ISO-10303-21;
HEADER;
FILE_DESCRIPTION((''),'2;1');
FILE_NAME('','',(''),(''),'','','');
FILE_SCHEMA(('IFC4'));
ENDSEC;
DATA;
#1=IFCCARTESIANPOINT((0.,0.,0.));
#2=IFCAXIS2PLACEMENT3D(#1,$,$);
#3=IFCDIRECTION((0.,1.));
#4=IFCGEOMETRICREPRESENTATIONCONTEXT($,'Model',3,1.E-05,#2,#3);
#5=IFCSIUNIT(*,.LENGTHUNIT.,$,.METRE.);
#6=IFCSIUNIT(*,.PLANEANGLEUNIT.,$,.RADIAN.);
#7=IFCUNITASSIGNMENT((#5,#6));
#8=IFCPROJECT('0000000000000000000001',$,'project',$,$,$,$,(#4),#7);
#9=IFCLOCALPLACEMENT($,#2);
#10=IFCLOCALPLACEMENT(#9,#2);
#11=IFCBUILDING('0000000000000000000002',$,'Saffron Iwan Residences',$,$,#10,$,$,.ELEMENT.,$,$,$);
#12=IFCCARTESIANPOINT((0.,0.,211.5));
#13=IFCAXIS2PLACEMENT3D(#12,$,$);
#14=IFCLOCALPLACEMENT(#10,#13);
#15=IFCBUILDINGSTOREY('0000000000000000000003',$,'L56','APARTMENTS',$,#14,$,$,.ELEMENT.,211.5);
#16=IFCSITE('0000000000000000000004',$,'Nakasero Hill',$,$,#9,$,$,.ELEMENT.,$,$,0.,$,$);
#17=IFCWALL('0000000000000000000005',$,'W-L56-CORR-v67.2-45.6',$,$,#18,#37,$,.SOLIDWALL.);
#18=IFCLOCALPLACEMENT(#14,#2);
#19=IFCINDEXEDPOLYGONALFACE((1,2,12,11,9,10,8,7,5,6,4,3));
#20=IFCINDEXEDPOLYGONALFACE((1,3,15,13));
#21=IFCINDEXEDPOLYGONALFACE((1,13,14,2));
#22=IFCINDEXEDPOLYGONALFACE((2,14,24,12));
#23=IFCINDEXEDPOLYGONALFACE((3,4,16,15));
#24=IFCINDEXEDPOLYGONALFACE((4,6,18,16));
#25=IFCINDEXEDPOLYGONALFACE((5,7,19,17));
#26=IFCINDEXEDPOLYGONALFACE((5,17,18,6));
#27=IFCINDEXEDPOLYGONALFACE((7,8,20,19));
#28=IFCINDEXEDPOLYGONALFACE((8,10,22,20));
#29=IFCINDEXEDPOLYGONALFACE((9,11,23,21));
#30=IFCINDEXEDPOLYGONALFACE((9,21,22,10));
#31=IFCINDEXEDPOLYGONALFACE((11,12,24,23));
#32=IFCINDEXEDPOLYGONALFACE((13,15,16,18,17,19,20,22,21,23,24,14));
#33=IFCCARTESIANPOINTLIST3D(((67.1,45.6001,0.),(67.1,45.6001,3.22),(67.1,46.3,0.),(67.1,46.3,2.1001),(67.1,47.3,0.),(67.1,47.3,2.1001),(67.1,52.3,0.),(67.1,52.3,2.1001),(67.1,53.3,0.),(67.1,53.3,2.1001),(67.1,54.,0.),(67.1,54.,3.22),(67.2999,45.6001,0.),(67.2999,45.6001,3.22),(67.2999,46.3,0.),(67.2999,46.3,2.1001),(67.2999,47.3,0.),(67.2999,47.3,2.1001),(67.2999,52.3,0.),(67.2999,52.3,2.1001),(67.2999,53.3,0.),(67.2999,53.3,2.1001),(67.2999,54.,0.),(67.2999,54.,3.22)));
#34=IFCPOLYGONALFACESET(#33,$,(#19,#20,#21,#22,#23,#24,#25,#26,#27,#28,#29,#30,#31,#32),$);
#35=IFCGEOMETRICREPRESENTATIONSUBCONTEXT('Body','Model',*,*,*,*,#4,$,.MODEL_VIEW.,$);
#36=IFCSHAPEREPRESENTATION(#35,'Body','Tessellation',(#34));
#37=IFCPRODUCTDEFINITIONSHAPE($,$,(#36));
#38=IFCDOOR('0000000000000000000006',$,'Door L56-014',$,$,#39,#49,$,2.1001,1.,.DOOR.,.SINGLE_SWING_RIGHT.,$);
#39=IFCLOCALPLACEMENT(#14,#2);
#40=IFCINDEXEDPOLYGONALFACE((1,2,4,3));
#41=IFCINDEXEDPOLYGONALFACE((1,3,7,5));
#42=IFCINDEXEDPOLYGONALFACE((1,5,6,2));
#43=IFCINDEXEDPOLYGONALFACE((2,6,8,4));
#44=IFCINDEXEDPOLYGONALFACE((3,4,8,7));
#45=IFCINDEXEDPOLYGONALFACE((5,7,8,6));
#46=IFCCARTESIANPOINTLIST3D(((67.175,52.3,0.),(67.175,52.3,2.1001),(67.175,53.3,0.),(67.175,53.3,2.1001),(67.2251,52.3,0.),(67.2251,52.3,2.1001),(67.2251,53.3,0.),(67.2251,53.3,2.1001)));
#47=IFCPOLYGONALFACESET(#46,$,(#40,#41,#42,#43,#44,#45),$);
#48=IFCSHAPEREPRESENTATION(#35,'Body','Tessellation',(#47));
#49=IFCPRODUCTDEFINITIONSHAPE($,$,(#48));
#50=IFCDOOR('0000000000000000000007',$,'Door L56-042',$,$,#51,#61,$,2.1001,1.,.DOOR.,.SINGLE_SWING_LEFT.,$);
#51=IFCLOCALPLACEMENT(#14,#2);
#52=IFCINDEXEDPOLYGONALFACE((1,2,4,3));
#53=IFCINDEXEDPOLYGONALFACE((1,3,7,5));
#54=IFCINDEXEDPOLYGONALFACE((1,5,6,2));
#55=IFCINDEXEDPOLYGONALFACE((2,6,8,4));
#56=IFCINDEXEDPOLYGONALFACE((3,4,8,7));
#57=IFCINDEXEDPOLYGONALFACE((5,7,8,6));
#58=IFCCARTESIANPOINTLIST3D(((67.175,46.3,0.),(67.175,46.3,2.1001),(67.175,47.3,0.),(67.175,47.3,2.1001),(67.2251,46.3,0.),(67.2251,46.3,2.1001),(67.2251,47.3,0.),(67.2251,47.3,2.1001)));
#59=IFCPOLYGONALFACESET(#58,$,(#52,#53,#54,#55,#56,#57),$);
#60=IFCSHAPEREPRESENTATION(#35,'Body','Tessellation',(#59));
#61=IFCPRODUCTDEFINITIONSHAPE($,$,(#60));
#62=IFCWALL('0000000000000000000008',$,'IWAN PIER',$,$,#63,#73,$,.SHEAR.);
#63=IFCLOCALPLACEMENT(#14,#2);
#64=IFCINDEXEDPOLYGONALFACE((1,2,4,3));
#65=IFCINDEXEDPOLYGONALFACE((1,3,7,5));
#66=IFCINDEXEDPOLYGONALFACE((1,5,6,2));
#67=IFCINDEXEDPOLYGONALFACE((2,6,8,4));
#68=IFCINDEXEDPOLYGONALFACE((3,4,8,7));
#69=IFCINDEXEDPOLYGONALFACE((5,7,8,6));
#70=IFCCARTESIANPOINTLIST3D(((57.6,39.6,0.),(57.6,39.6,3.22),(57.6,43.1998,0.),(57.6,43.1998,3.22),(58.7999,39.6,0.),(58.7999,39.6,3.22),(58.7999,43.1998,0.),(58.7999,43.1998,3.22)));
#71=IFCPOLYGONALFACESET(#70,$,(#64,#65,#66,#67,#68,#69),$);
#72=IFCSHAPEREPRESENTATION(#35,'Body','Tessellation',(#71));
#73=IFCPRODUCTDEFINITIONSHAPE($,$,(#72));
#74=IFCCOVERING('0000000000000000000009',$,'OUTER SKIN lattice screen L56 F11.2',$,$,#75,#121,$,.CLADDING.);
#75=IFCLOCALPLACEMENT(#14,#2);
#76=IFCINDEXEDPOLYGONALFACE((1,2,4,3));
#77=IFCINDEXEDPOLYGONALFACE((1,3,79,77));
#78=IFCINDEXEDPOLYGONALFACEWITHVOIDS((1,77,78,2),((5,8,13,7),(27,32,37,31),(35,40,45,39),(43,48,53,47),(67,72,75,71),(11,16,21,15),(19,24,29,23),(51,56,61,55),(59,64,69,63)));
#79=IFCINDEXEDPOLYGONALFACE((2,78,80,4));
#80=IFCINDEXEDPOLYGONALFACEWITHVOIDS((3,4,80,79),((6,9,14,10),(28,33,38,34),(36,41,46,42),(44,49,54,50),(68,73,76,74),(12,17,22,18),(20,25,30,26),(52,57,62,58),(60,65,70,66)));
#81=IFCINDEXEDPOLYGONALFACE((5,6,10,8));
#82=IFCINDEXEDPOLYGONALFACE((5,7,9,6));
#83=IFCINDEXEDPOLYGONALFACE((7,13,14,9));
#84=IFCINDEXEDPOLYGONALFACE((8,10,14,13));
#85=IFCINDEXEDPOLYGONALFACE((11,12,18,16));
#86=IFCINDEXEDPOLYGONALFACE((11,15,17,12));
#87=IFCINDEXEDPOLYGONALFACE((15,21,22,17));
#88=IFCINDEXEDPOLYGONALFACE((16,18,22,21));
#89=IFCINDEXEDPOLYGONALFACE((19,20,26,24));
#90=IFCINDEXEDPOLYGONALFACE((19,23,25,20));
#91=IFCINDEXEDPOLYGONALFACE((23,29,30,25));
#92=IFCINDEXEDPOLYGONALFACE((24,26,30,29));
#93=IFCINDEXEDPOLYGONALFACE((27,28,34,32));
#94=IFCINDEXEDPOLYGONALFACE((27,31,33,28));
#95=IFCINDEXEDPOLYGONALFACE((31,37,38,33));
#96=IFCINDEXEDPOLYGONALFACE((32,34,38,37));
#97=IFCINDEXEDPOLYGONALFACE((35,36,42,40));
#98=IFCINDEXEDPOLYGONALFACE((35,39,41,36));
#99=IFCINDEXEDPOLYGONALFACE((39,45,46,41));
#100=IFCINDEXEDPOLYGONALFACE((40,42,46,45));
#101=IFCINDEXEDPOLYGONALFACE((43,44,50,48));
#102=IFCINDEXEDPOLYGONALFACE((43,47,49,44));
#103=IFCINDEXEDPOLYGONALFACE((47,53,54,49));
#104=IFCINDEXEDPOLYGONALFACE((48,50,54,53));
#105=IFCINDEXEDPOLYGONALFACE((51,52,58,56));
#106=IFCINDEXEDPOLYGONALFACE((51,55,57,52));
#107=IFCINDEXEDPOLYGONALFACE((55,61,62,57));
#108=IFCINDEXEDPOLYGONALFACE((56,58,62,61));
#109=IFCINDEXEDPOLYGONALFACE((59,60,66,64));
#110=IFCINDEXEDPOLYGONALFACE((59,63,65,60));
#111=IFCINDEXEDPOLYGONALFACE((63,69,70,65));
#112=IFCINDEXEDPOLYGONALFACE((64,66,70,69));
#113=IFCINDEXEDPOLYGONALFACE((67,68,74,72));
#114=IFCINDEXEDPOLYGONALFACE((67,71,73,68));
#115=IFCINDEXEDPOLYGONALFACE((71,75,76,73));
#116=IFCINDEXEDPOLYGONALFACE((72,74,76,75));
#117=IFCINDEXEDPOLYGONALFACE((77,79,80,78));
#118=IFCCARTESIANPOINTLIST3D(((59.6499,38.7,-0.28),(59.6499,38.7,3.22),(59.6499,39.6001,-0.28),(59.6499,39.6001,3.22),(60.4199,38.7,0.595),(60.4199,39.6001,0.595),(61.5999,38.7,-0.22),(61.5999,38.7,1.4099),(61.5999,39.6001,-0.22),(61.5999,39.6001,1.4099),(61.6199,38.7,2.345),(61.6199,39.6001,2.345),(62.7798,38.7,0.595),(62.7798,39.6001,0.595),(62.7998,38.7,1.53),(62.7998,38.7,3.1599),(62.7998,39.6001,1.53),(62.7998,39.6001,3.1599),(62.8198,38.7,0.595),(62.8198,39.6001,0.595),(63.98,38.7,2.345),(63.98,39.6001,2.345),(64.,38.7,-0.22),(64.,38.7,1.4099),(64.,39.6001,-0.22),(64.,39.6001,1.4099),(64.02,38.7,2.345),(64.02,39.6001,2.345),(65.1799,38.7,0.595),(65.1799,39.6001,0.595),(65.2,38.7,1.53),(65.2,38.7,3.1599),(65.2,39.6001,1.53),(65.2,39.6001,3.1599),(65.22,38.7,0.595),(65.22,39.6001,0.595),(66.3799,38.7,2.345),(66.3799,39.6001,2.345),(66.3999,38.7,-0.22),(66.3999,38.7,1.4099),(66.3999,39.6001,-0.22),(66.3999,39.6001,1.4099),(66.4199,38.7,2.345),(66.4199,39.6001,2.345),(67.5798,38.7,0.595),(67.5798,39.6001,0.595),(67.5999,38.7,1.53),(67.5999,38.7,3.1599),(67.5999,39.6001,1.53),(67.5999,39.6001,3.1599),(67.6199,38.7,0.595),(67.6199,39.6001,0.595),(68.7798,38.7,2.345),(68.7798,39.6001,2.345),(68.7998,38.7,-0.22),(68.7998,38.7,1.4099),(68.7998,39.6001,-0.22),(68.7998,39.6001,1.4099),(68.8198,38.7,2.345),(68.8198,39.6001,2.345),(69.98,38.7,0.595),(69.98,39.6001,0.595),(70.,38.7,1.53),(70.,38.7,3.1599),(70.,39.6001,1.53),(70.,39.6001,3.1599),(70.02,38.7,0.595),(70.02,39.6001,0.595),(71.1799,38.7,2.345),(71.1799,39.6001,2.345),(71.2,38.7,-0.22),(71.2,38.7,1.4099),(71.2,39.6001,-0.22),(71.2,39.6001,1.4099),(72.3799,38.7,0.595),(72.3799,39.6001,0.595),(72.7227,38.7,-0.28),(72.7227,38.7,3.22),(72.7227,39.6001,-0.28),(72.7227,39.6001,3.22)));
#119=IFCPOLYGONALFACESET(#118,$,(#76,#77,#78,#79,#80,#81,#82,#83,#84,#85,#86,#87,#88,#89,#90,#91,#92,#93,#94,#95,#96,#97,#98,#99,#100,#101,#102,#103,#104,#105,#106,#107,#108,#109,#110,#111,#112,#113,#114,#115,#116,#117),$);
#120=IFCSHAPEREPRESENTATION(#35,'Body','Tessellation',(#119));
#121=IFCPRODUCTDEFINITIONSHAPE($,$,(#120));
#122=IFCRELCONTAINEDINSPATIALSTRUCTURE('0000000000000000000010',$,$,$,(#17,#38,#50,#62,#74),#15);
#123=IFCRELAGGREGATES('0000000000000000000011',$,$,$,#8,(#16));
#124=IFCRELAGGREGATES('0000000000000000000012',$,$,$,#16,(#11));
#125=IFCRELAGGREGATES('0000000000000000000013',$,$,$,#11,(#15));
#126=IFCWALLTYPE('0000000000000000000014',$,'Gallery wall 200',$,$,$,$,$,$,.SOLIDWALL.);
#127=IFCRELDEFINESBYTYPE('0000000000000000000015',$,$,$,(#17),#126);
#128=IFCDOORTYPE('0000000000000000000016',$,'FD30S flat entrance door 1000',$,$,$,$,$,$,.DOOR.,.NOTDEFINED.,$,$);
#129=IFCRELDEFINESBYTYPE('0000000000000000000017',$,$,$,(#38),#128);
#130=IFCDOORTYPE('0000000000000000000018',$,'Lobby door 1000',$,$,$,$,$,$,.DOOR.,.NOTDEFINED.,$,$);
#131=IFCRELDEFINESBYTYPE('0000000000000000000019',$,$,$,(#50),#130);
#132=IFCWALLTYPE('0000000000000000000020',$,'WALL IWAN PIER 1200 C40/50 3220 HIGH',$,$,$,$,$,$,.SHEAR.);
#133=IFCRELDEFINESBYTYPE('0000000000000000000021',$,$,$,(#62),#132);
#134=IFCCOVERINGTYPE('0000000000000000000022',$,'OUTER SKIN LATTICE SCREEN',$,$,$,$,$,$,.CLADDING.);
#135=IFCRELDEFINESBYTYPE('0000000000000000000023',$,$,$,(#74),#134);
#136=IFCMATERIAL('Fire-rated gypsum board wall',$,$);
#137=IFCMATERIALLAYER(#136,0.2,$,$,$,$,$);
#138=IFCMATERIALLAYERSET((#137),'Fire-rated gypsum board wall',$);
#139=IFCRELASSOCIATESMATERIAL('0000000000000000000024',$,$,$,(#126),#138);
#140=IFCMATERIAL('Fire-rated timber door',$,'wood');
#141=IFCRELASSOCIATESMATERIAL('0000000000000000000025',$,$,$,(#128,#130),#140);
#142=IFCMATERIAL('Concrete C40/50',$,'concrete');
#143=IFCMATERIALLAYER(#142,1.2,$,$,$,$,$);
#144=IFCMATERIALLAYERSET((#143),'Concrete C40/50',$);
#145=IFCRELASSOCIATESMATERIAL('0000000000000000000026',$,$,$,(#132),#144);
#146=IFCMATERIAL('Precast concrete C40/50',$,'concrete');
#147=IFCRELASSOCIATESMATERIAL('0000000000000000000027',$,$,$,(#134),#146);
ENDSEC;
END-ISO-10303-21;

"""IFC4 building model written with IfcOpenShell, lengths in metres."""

from ifc_helpers import new_model, si_unit, direction, frame, frame_2d, origin, place, context, subcontext, project, spatial, polyline, rectangle, outline, extrude, material, layer, layer_set, type_object, element, fill, save


model = new_model("IFC4")

# Units and contexts
model_context = context("Model", 3, precision=1e-05, world=origin(), true_north=direction((0.0, 1.0)))
body_context = subcontext(model_context, "Body", "Model", "MODEL_VIEW")
ifc_project = project(units=[si_unit("LENGTHUNIT", "METRE"), si_unit("PLANEANGLEUNIT", "RADIAN")], contexts=[model_context])

# Site, building, storey
site_placement = place(None, origin())
site = spatial("IfcSite", under=ifc_project, at=site_placement, Name="Nakasero Hill", CompositionType="ELEMENT", RefElevation=0.0)
building_placement = place(site_placement, origin())
building = spatial("IfcBuilding", under=site, at=building_placement, Name="Saffron Iwan Residences", CompositionType="ELEMENT")
storey_placement = place(building_placement, frame((0.0, 0.0, 211.5)))
storey = spatial("IfcBuildingStorey", under=building, at=storey_placement, Name="L56", Description="APARTMENTS", CompositionType="ELEMENT", Elevation=211.5)

# Shared definitions
ifc_material_1 = material(Name="Concrete C40/50", Category="concrete")

# Shared definitions
ifc_material_2 = material(Name="Fire-rated gypsum board wall")
ifc_layer_1 = layer(ifc_material_2, 0.2)
ifc_layer_set_1 = layer_set([ifc_layer_1], Name="Fire-rated gypsum board wall")
wall_type_1 = type_object("IfcWallType", Name="Gallery wall 200", PredefinedType="SOLIDWALL", material=ifc_layer_set_1)

# Wall, openings, doors
wall_1_placement = place(storey_placement, frame((67.2, 45.6001, 0.0), z_axis=(0.0, 0.0, 1.0), x_axis=(0.0, 1.0, 0.0)))
wall_1 = element("IfcWall", 1, at=wall_1_placement, inside=storey, type_object=wall_type_1, Name="W-L56-CORR-v67.2-45.6", PredefinedType="SOLIDWALL", context=body_context, shape_type="SweptSolid", body=[
    extrude(rectangle(XDim=8.3999, YDim=0.2, at=frame_2d((4.2, 0.0))), origin(), (0.0, 0.0, 1.0), 3.22),
])
opening_1_placement = place(wall_1_placement, frame((6.7, 0.0, 0.0)))
opening_1 = element("IfcOpeningElement", 2, at=opening_1_placement, cuts=wall_1, PredefinedType="OPENING", context=body_context, shape_type="SweptSolid", body=[
    extrude(rectangle(XDim=1.0, YDim=2.1001, at=frame_2d((0.5, 1.05))), frame((0.0, 0.1099, 0.0), z_axis=(0.0, -1.0, 0.0), x_axis=(1.0, 0.0, 0.0)), (0.0, 0.0, 1.0), 0.22),
])
opening_2_placement = place(wall_1_placement, frame((0.7, 0.0, 0.0)))
opening_2 = element("IfcOpeningElement", 3, at=opening_2_placement, cuts=wall_1, PredefinedType="OPENING", context=body_context, shape_type="SweptSolid", body=[
    extrude(rectangle(XDim=1.0, YDim=2.1001, at=frame_2d((0.5, 1.05))), frame((0.0, 0.1099, 0.0), z_axis=(0.0, -1.0, 0.0), x_axis=(1.0, 0.0, 0.0)), (0.0, 0.0, 1.0), 0.22),
])
ifc_material_3 = material(Name="Fire-rated timber door", Category="wood")
door_type_1 = type_object("IfcDoorType", Name="FD30S flat entrance door 1000", OperationType="NOTDEFINED", PredefinedType="DOOR", material=ifc_material_3)
door_1_placement = place(opening_1_placement, origin())
door_1 = element("IfcDoor", 4, at=door_1_placement, inside=storey, type_object=door_type_1, Name="Door L56-014", OperationType="SINGLE_SWING_RIGHT", OverallHeight=2.1001, OverallWidth=1.0, PredefinedType="DOOR", context=body_context, shape_type="SweptSolid", body=[
    extrude(rectangle(XDim=1.0, YDim=2.1001, at=frame_2d((0.5, 1.05))), frame((0.0, 0.0249, 0.0), z_axis=(0.0, -1.0, 0.0), x_axis=(1.0, 0.0, 0.0)), (0.0, 0.0, 1.0), 0.05),
])
fill(opening_1, door_1)
door_type_2 = type_object("IfcDoorType", Name="Lobby door 1000", OperationType="NOTDEFINED", PredefinedType="DOOR", material=ifc_material_3)
door_2_placement = place(opening_2_placement, origin())
door_2 = element("IfcDoor", 5, at=door_2_placement, inside=storey, type_object=door_type_2, Name="Door L56-042", OperationType="SINGLE_SWING_LEFT", OverallHeight=2.1001, OverallWidth=1.0, PredefinedType="DOOR", context=body_context, shape_type="SweptSolid", body=[
    extrude(rectangle(XDim=1.0, YDim=2.1001, at=frame_2d((0.5, 1.05))), frame((0.0, 0.0249, 0.0), z_axis=(0.0, -1.0, 0.0), x_axis=(1.0, 0.0, 0.0)), (0.0, 0.0, 1.0), 0.05),
])
fill(opening_2, door_2)

# Wall
ifc_layer_2 = layer(ifc_material_1, 1.2)
ifc_layer_set_2 = layer_set([ifc_layer_2], Name="Concrete C40/50")
wall_type_2 = type_object("IfcWallType", Name="WALL IWAN PIER 1200 C40/50 3220 HIGH", PredefinedType="SHEAR", material=ifc_layer_set_2)
wall_2_placement = place(storey_placement, frame((58.2, 39.6001, 0.0), z_axis=(0.0, 0.0, 1.0), x_axis=(0.0, 1.0, 0.0)))
element("IfcWall", 6, at=wall_2_placement, inside=storey, type_object=wall_type_2, Name="IWAN PIER", PredefinedType="SHEAR", context=body_context, shape_type="SweptSolid", body=[
    extrude(rectangle(XDim=3.5999, YDim=1.2, at=frame_2d((1.7998, 0.0))), origin(), (0.0, 0.0, 1.0), 3.22),
])

# Covering
ifc_material_4 = material(Name="Precast concrete C40/50", Category="concrete")
covering_type = type_object("IfcCoveringType", Name="OUTER SKIN LATTICE SCREEN", PredefinedType="CLADDING", material=ifc_material_4)
covering_placement = place(storey_placement, frame((59.6499, 39.6001, -0.28), z_axis=(0.0, -1.0, 0.0), x_axis=(1.0, 0.0, 0.0)))
element("IfcCovering", 7, at=covering_placement, inside=storey, type_object=covering_type, Name="OUTER SKIN lattice screen L56 F11.2", PredefinedType="CLADDING", context=body_context, shape_type="SweptSolid", body=[
    extrude(outline(polyline([(0.0, 0.0), (13.0728, 0.0), (13.0728, 3.5), (0.0, 3.5), (0.0, 0.0)]), holes=[polyline([(0.77, 0.875), (1.95, 0.0601), (3.1299, 0.875), (1.95, 1.6899), (0.77, 0.875)]), polyline([(3.1699, 0.875), (4.3501, 0.0601), (5.53, 0.875), (4.3501, 1.6899), (3.1699, 0.875)]), polyline([(5.5701, 0.875), (6.75, 0.0601), (7.9299, 0.875), (6.75, 1.6899), (5.5701, 0.875)]), polyline([(7.97, 0.875), (9.1499, 0.0601), (10.3301, 0.875), (9.1499, 1.6899), (7.97, 0.875)]), polyline([(10.3701, 0.875), (11.55, 0.0601), (12.73, 0.875), (11.55, 1.6899), (10.3701, 0.875)]), polyline([(1.97, 2.625), (3.1499, 1.8101), (4.3301, 2.625), (3.1499, 3.4399), (1.97, 2.625)]), polyline([(4.3701, 2.625), (5.55, 1.8101), (6.73, 2.625), (5.55, 3.4399), (4.3701, 2.625)]), polyline([(6.77, 2.625), (7.95, 1.8101), (9.1299, 2.625), (7.95, 3.4399), (6.77, 2.625)]), polyline([(9.1699, 2.625), (10.3501, 1.8101), (11.53, 2.625), (10.3501, 3.4399), (9.1699, 2.625)])]), origin(), (0.0, 0.0, 1.0), 0.9001),
])

save(model, "model.ifc")
